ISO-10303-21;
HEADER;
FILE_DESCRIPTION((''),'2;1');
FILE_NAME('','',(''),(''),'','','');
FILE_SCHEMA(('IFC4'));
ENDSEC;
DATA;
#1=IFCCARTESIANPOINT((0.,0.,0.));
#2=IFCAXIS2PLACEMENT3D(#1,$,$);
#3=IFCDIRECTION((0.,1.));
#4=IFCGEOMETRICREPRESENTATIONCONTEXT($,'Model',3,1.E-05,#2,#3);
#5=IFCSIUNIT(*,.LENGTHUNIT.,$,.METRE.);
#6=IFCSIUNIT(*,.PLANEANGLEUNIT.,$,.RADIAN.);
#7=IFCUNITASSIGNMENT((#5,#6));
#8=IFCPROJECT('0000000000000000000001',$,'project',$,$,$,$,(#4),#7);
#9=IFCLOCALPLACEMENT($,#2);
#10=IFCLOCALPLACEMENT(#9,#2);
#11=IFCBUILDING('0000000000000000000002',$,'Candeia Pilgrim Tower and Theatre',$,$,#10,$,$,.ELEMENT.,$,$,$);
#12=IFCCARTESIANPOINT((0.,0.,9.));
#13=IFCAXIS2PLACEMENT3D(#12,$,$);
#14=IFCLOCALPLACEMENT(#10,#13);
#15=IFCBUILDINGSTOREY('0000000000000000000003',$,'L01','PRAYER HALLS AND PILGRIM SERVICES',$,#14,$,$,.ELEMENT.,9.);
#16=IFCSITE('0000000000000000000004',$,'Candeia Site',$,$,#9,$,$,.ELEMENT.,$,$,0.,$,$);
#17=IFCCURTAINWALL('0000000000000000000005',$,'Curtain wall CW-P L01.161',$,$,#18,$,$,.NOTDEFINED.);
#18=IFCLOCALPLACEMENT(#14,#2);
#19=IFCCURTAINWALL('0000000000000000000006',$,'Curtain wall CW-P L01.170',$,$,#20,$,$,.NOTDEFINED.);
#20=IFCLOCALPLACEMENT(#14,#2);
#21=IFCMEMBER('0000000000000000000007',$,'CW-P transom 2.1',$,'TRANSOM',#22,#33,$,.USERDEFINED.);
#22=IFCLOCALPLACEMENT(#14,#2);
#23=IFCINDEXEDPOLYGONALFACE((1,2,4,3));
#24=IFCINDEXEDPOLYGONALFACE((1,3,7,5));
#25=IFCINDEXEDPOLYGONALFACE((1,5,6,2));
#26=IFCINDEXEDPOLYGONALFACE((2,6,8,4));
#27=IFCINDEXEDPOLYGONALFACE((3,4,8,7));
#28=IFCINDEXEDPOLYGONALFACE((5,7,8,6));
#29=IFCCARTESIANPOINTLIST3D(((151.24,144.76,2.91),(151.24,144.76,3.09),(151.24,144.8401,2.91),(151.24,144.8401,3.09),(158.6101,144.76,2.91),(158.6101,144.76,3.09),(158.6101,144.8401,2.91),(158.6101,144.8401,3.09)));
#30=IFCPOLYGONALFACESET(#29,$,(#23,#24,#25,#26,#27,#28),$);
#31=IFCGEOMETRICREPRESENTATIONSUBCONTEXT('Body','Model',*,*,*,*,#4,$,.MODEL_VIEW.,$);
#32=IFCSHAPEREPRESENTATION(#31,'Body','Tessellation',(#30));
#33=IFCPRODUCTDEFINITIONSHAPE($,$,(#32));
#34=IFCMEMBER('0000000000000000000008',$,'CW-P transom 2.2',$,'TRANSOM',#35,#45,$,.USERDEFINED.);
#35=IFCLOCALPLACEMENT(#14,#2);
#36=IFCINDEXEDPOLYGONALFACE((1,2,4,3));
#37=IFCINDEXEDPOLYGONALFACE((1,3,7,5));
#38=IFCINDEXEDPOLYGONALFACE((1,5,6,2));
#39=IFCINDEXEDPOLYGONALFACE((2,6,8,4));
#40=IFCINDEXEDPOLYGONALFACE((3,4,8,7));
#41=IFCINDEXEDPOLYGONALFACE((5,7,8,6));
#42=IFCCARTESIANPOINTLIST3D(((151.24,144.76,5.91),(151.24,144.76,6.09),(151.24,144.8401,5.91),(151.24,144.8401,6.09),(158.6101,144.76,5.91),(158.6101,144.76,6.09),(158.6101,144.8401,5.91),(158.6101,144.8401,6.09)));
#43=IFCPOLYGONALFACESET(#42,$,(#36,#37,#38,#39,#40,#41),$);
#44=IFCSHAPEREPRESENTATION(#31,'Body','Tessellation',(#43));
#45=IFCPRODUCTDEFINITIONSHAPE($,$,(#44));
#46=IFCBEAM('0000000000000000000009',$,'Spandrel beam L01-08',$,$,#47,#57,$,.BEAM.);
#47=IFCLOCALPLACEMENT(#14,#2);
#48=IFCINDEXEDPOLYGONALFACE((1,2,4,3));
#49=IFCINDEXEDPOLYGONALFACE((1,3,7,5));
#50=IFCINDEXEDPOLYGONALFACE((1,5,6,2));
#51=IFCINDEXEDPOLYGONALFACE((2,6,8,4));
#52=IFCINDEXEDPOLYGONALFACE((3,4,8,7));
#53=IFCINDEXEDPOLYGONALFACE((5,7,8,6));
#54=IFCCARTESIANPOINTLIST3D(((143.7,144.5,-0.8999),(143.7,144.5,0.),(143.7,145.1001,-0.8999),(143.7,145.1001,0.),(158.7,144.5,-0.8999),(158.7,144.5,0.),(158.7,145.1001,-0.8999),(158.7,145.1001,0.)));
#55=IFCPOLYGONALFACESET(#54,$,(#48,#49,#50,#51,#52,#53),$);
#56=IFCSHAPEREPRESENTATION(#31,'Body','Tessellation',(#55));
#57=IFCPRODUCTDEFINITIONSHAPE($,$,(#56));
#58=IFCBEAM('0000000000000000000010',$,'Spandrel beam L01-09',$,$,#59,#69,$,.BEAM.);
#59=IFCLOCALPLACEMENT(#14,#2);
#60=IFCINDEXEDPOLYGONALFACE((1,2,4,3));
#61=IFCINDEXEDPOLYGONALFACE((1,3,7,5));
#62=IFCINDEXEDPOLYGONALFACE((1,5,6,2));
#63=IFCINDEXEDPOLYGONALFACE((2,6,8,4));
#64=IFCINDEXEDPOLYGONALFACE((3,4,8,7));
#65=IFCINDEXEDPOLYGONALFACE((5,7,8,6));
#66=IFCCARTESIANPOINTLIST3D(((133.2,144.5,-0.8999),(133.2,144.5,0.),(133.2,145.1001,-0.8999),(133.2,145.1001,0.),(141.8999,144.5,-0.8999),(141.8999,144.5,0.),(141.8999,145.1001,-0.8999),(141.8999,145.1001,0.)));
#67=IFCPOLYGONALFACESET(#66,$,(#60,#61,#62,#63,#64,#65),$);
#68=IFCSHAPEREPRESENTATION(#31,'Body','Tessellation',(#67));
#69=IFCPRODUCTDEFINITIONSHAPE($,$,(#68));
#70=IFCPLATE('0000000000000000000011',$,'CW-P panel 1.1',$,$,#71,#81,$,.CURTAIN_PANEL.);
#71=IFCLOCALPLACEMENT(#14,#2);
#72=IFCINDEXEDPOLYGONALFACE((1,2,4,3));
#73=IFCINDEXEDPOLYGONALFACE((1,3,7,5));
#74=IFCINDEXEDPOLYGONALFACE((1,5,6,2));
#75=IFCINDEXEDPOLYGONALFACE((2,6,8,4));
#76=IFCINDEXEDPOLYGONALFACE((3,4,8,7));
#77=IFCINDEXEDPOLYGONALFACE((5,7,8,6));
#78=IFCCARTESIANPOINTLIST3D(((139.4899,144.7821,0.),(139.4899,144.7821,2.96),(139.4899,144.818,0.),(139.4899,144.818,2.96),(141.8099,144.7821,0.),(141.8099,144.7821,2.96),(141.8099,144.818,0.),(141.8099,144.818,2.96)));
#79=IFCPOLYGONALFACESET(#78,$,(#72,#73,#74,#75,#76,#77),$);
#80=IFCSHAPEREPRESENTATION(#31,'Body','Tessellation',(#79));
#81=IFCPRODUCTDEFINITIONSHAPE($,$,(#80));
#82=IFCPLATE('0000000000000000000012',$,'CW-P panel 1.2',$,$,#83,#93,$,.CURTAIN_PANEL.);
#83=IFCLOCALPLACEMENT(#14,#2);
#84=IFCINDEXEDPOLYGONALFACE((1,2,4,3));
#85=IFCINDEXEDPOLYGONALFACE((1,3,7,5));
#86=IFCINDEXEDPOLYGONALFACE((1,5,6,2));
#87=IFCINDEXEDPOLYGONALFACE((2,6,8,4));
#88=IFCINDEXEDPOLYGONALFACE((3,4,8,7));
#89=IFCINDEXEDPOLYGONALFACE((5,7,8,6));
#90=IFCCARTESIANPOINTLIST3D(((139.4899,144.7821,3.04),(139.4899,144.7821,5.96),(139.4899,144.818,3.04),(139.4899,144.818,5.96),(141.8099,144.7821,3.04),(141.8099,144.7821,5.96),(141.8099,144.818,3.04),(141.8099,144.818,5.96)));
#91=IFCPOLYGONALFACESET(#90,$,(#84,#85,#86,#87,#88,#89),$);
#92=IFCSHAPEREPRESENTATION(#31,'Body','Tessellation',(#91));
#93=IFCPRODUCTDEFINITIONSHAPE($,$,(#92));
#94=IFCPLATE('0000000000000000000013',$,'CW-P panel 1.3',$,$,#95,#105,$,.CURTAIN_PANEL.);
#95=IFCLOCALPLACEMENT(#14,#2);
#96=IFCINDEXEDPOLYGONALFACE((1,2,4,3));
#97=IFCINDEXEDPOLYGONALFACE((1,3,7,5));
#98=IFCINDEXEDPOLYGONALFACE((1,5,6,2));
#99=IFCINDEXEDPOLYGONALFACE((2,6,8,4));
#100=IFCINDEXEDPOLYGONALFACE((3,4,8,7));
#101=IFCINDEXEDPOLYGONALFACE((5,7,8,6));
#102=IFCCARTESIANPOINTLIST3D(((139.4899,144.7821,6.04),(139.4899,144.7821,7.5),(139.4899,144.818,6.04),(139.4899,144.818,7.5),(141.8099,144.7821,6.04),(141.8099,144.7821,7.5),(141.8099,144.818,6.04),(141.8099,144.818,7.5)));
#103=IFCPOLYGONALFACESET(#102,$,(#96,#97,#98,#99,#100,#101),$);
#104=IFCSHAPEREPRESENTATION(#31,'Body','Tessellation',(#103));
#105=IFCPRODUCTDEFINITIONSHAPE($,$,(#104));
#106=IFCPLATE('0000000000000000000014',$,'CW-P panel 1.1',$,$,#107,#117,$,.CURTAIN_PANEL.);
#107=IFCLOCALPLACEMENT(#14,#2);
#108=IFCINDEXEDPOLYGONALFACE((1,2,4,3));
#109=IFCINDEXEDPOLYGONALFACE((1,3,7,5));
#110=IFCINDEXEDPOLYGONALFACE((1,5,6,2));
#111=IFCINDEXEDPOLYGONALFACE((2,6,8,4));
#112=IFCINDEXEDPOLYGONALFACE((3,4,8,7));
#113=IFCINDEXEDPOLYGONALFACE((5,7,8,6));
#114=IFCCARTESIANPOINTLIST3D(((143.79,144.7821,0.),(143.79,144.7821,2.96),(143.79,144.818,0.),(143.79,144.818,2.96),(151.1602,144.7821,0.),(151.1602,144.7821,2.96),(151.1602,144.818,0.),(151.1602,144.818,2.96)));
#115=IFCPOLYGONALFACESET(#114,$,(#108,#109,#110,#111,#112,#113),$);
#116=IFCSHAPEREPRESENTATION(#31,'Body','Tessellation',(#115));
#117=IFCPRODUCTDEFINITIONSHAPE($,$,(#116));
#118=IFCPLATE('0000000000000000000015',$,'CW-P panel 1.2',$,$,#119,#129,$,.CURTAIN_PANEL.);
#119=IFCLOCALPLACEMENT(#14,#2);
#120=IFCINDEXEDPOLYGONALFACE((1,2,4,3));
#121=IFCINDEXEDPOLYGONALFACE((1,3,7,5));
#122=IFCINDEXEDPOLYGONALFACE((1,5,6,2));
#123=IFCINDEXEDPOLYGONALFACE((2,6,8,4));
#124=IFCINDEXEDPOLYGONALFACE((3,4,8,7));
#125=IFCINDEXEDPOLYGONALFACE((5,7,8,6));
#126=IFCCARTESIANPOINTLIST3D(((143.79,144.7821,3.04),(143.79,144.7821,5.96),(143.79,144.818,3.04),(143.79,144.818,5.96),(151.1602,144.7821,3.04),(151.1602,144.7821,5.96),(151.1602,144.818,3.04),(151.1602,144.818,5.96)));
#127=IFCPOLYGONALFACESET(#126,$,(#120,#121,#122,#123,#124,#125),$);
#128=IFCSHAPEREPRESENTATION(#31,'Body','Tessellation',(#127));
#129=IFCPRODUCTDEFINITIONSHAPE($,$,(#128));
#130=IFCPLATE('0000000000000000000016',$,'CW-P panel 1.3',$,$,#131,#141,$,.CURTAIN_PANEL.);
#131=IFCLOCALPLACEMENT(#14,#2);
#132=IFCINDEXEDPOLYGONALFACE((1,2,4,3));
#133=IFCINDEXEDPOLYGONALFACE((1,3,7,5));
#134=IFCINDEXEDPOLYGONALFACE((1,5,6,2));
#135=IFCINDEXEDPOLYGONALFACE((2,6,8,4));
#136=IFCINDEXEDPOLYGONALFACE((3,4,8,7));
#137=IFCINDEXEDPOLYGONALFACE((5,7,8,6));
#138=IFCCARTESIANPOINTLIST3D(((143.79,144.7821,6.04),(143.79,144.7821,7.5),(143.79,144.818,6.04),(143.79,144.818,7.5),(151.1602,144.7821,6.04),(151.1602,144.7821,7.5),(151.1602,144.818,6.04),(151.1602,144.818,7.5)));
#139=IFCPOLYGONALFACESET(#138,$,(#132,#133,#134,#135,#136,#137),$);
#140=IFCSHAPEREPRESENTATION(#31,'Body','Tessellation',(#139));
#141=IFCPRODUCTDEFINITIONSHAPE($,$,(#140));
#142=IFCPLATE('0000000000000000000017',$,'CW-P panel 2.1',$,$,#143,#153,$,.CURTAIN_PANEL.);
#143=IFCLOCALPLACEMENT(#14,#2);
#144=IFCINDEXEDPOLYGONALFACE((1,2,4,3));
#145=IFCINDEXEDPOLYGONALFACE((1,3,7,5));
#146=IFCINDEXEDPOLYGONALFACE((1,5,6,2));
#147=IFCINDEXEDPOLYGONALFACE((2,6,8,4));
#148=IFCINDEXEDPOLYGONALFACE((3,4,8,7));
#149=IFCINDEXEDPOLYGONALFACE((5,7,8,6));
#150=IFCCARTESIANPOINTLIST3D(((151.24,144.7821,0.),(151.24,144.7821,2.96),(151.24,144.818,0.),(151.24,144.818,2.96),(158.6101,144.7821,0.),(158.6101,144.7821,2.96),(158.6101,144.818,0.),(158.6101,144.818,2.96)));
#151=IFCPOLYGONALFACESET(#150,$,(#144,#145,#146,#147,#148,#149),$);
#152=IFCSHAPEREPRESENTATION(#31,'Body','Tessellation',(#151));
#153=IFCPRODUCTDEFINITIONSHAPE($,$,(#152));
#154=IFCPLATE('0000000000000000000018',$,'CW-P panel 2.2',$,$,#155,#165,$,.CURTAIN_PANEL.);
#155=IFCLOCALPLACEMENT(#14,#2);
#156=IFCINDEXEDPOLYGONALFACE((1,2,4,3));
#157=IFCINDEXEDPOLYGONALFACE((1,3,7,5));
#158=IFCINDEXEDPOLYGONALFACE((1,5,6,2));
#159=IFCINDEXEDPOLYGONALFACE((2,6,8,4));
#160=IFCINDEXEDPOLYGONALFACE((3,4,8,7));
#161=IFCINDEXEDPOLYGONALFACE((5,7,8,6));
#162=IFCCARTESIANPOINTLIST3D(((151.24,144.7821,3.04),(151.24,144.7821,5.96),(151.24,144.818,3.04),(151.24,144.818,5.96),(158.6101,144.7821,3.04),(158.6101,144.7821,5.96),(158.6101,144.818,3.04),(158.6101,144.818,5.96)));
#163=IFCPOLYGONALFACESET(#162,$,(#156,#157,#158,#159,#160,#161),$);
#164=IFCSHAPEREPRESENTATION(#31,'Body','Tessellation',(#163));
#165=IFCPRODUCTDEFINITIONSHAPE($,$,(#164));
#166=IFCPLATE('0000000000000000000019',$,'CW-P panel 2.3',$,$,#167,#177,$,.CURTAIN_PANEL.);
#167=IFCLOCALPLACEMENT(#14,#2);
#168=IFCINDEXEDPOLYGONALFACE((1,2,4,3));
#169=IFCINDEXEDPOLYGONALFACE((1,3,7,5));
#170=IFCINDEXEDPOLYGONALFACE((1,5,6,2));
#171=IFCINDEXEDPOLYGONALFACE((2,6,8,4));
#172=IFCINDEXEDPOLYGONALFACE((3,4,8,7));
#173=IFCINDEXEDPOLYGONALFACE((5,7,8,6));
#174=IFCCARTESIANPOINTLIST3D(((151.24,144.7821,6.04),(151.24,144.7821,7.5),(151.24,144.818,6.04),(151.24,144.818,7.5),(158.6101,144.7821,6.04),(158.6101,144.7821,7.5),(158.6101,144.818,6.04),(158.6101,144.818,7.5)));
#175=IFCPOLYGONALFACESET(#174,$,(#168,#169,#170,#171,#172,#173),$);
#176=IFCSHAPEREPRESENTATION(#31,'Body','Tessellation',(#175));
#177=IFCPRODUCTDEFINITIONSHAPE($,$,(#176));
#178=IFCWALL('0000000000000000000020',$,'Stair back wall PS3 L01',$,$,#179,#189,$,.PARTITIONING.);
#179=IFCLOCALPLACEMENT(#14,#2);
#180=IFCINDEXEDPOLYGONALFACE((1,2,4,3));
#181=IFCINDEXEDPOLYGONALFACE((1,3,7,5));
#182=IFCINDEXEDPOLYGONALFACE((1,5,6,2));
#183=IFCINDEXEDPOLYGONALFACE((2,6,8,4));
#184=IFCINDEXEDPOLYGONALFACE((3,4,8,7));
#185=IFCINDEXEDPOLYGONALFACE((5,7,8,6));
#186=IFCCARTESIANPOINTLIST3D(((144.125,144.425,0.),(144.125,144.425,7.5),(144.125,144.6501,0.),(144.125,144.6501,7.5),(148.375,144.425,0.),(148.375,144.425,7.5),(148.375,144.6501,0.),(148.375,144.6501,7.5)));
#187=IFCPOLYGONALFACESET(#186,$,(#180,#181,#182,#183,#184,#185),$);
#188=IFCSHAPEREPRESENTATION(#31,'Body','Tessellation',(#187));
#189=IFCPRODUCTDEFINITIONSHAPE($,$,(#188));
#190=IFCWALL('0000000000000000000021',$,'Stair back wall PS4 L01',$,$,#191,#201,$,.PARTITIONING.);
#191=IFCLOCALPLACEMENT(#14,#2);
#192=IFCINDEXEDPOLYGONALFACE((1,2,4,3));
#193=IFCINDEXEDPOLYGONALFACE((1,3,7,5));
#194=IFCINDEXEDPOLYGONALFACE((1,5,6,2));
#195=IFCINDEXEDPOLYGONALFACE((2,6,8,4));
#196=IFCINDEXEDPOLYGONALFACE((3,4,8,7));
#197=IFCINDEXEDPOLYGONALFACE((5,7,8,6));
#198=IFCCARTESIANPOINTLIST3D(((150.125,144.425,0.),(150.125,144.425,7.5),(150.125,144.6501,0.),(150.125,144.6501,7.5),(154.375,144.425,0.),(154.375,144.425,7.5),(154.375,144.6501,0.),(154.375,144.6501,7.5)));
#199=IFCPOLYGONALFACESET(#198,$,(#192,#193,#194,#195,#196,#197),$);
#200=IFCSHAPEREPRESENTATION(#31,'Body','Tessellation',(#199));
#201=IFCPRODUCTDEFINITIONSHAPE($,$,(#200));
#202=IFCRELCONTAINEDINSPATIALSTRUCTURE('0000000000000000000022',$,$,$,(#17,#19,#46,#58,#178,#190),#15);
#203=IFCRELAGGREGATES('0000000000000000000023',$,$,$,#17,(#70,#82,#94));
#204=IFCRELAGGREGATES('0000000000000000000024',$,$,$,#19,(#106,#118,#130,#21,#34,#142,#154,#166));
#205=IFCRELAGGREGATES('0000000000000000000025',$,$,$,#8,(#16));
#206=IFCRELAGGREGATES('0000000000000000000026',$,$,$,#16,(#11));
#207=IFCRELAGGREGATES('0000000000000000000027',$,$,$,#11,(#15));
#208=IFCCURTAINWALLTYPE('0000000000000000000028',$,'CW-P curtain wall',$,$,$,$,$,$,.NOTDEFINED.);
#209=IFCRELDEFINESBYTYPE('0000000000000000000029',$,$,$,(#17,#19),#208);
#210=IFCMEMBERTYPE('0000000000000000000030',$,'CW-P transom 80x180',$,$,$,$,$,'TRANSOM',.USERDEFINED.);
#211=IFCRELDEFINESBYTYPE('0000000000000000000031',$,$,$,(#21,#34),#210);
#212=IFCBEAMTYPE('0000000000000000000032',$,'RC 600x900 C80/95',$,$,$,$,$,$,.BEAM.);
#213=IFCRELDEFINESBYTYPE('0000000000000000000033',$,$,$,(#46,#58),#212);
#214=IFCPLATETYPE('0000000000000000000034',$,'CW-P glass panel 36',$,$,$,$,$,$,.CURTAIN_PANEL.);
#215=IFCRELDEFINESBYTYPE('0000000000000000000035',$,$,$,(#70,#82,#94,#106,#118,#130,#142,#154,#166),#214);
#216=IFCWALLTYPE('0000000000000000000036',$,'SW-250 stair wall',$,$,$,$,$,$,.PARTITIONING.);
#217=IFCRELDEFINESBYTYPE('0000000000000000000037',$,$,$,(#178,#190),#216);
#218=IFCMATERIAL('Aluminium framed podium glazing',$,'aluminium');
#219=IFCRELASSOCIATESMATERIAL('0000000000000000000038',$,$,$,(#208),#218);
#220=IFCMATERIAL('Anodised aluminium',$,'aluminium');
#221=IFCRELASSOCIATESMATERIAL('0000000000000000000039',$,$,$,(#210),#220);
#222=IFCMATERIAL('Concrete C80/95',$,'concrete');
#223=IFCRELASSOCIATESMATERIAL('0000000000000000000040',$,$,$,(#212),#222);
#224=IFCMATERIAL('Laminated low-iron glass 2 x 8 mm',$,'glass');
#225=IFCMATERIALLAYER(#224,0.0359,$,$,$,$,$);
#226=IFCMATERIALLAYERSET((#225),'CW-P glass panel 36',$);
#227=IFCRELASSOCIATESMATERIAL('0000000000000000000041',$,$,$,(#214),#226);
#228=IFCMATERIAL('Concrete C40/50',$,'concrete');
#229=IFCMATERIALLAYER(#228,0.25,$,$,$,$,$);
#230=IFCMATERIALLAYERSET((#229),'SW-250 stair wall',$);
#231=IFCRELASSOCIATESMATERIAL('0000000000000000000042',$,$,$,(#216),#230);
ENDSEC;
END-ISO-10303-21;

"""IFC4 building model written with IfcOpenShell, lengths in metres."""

from ifc_helpers import new_model, si_unit, direction, frame, frame_2d, origin, origin_2d, place, context, subcontext, project, spatial, rectangle, extrude, material, layer, layer_set, material_profile, profile_set, type_object, element, aggregate, save


model = new_model("IFC4")

# Units and contexts
model_context = context("Model", 3, precision=1e-05, world=origin(), true_north=direction((0.0, 1.0)))
body_context = subcontext(model_context, "Body", "Model", "MODEL_VIEW")
ifc_project = project(units=[si_unit("LENGTHUNIT", "METRE"), si_unit("PLANEANGLEUNIT", "RADIAN")], contexts=[model_context])

# Site, building, storey
site_placement = place(None, origin())
site = spatial("IfcSite", under=ifc_project, at=site_placement, Name="Candeia Site", CompositionType="ELEMENT", RefElevation=0.0)
building_placement = place(site_placement, origin())
building = spatial("IfcBuilding", under=site, at=building_placement, Name="Candeia Pilgrim Tower and Theatre", CompositionType="ELEMENT")
storey_placement = place(building_placement, frame((0.0, 0.0, 9.0)))
storey = spatial("IfcBuildingStorey", under=building, at=storey_placement, Name="L01", Description="PRAYER HALLS AND PILGRIM SERVICES", CompositionType="ELEMENT", Elevation=9.0)

# Shared definitions
ifc_material_1 = material(Name="Concrete C40/50", Category="concrete")
ifc_material_2 = material(Name="Concrete C80/95", Category="concrete")

# Curtain walls
ifc_material_3 = material(Name="Aluminium framed podium glazing", Category="aluminium")
curtain_wall_type = type_object("IfcCurtainWallType", Name="CW-P curtain wall", PredefinedType="NOTDEFINED", material=ifc_material_3)
curtain_wall_1_placement = place(storey_placement, origin())
curtain_wall_1 = element("IfcCurtainWall", 1, at=curtain_wall_1_placement, inside=storey, type_object=curtain_wall_type, Name="Curtain wall CW-P L01.161", PredefinedType="NOTDEFINED")
ifc_material_4 = material(Name="Anodised aluminium", Category="aluminium")
curtain_wall_2_placement = place(storey_placement, origin())
curtain_wall_2 = element("IfcCurtainWall", 2, at=curtain_wall_2_placement, inside=storey, type_object=curtain_wall_type, Name="Curtain wall CW-P L01.170", PredefinedType="NOTDEFINED")

# Members
ifc_material_profile_1 = material_profile(ifc_material_4, rectangle(XDim=0.0801, YDim=0.1799, at=origin_2d()))
ifc_profile_set_1 = profile_set([ifc_material_profile_1], Name="Anodised aluminium")
member_type_1 = type_object("IfcMemberType", Name="CW-P transom 80x180", ElementType="TRANSOM", PredefinedType="USERDEFINED", material=ifc_profile_set_1)
member_1_placement = place(storey_placement, frame((151.24, 144.8, 3.0), z_axis=(1.0, 0.0, 0.0), x_axis=(0.0, 1.0, 0.0)))
member_1 = element("IfcMember", 3, at=member_1_placement, type_object=member_type_1, Name="CW-P transom 2.1", ObjectType="TRANSOM", PredefinedType="USERDEFINED", context=body_context, shape_type="SweptSolid", body=[
    extrude(rectangle(XDim=0.0801, YDim=0.1799, at=origin_2d()), origin(), (0.0, 0.0, 1.0), 7.3701),
])
member_2_placement = place(storey_placement, frame((151.24, 144.8, 6.0), z_axis=(1.0, 0.0, 0.0), x_axis=(0.0, 1.0, 0.0)))
member_2 = element("IfcMember", 4, at=member_2_placement, type_object=member_type_1, Name="CW-P transom 2.2", ObjectType="TRANSOM", PredefinedType="USERDEFINED", context=body_context, shape_type="SweptSolid", body=[
    extrude(rectangle(XDim=0.0801, YDim=0.1799, at=origin_2d()), origin(), (0.0, 0.0, 1.0), 7.3701),
])

# Beams
ifc_material_profile_2 = material_profile(ifc_material_2, rectangle(XDim=0.6001, YDim=0.8999, at=origin_2d()))
ifc_profile_set_2 = profile_set([ifc_material_profile_2], Name="Concrete C80/95")
beam_type = type_object("IfcBeamType", Name="RC 600x900 C80/95", PredefinedType="BEAM", material=ifc_profile_set_2)
beam_1_placement = place(storey_placement, frame((158.7, 144.8, -0.45), z_axis=(-1.0, 0.0, 0.0), x_axis=(0.0, -1.0, 0.0)))
element("IfcBeam", 5, at=beam_1_placement, inside=storey, type_object=beam_type, Name="Spandrel beam L01-08", PredefinedType="BEAM", context=body_context, shape_type="SweptSolid", body=[
    extrude(rectangle(XDim=0.6001, YDim=0.8999, at=origin_2d()), origin(), (0.0, 0.0, 1.0), 15.0),
])
beam_2_placement = place(storey_placement, frame((141.8999, 144.8, -0.45), z_axis=(-1.0, 0.0, 0.0), x_axis=(0.0, -1.0, 0.0)))
element("IfcBeam", 6, at=beam_2_placement, inside=storey, type_object=beam_type, Name="Spandrel beam L01-09", PredefinedType="BEAM", context=body_context, shape_type="SweptSolid", body=[
    extrude(rectangle(XDim=0.6001, YDim=0.8999, at=origin_2d()), origin(), (0.0, 0.0, 1.0), 8.7),
])

# Plates
ifc_material_5 = material(Name="Laminated low-iron glass 2 x 8 mm", Category="glass")
ifc_layer_1 = layer(ifc_material_5, 0.0359)
ifc_layer_set_1 = layer_set([ifc_layer_1], Name="CW-P glass panel 36")
plate_type = type_object("IfcPlateType", Name="CW-P glass panel 36", PredefinedType="CURTAIN_PANEL", material=ifc_layer_set_1)
plate_1_placement = place(storey_placement, frame((140.6499, 144.8, 0.0), z_axis=(0.0, 0.0, 1.0), x_axis=(1.0, 0.0, 0.0)))
plate_1 = element("IfcPlate", 7, at=plate_1_placement, type_object=plate_type, Name="CW-P panel 1.1", PredefinedType="CURTAIN_PANEL", context=body_context, shape_type="SweptSolid", body=[
    extrude(rectangle(XDim=2.3201, YDim=0.0359, at=origin_2d()), origin(), (0.0, 0.0, 1.0), 2.96),
])
plate_2_placement = place(storey_placement, frame((140.6499, 144.8, 3.04), z_axis=(0.0, 0.0, 1.0), x_axis=(1.0, 0.0, 0.0)))
plate_2 = element("IfcPlate", 8, at=plate_2_placement, type_object=plate_type, Name="CW-P panel 1.2", PredefinedType="CURTAIN_PANEL", context=body_context, shape_type="SweptSolid", body=[
    extrude(rectangle(XDim=2.3201, YDim=0.0359, at=origin_2d()), origin(), (0.0, 0.0, 1.0), 2.9199),
])
plate_3_placement = place(storey_placement, frame((140.6499, 144.8, 6.04), z_axis=(0.0, 0.0, 1.0), x_axis=(1.0, 0.0, 0.0)))
plate_3 = element("IfcPlate", 9, at=plate_3_placement, type_object=plate_type, Name="CW-P panel 1.3", PredefinedType="CURTAIN_PANEL", context=body_context, shape_type="SweptSolid", body=[
    extrude(rectangle(XDim=2.3201, YDim=0.0359, at=origin_2d()), origin(), (0.0, 0.0, 1.0), 1.46),
])
aggregate(curtain_wall_1, [plate_1, plate_2, plate_3])
plate_4_placement = place(storey_placement, frame((147.4751, 144.8, 0.0), z_axis=(0.0, 0.0, 1.0), x_axis=(1.0, 0.0, 0.0)))
plate_4 = element("IfcPlate", 10, at=plate_4_placement, type_object=plate_type, Name="CW-P panel 1.1", PredefinedType="CURTAIN_PANEL", context=body_context, shape_type="SweptSolid", body=[
    extrude(rectangle(XDim=7.3701, YDim=0.0359, at=origin_2d()), origin(), (0.0, 0.0, 1.0), 2.96),
])
plate_5_placement = place(storey_placement, frame((147.4751, 144.8, 3.04), z_axis=(0.0, 0.0, 1.0), x_axis=(1.0, 0.0, 0.0)))
plate_5 = element("IfcPlate", 11, at=plate_5_placement, type_object=plate_type, Name="CW-P panel 1.2", PredefinedType="CURTAIN_PANEL", context=body_context, shape_type="SweptSolid", body=[
    extrude(rectangle(XDim=7.3701, YDim=0.0359, at=origin_2d()), origin(), (0.0, 0.0, 1.0), 2.9199),
])
plate_6_placement = place(storey_placement, frame((147.4751, 144.8, 6.04), z_axis=(0.0, 0.0, 1.0), x_axis=(1.0, 0.0, 0.0)))
plate_6 = element("IfcPlate", 12, at=plate_6_placement, type_object=plate_type, Name="CW-P panel 1.3", PredefinedType="CURTAIN_PANEL", context=body_context, shape_type="SweptSolid", body=[
    extrude(rectangle(XDim=7.3701, YDim=0.0359, at=origin_2d()), origin(), (0.0, 0.0, 1.0), 1.46),
])
plate_7_placement = place(storey_placement, frame((154.925, 144.8, 0.0), z_axis=(0.0, 0.0, 1.0), x_axis=(1.0, 0.0, 0.0)))
plate_7 = element("IfcPlate", 13, at=plate_7_placement, type_object=plate_type, Name="CW-P panel 2.1", PredefinedType="CURTAIN_PANEL", context=body_context, shape_type="SweptSolid", body=[
    extrude(rectangle(XDim=7.3701, YDim=0.0359, at=origin_2d()), origin(), (0.0, 0.0, 1.0), 2.96),
])
plate_8_placement = place(storey_placement, frame((154.925, 144.8, 3.04), z_axis=(0.0, 0.0, 1.0), x_axis=(1.0, 0.0, 0.0)))
plate_8 = element("IfcPlate", 14, at=plate_8_placement, type_object=plate_type, Name="CW-P panel 2.2", PredefinedType="CURTAIN_PANEL", context=body_context, shape_type="SweptSolid", body=[
    extrude(rectangle(XDim=7.3701, YDim=0.0359, at=origin_2d()), origin(), (0.0, 0.0, 1.0), 2.9199),
])
plate_9_placement = place(storey_placement, frame((154.925, 144.8, 6.04), z_axis=(0.0, 0.0, 1.0), x_axis=(1.0, 0.0, 0.0)))
plate_9 = element("IfcPlate", 15, at=plate_9_placement, type_object=plate_type, Name="CW-P panel 2.3", PredefinedType="CURTAIN_PANEL", context=body_context, shape_type="SweptSolid", body=[
    extrude(rectangle(XDim=7.3701, YDim=0.0359, at=origin_2d()), origin(), (0.0, 0.0, 1.0), 1.46),
])
aggregate(curtain_wall_2, [plate_4, plate_5, plate_6, member_1, member_2, plate_7, plate_8, plate_9])

# Walls
ifc_layer_2 = layer(ifc_material_1, 0.25)
ifc_layer_set_2 = layer_set([ifc_layer_2], Name="SW-250 stair wall")
wall_type = type_object("IfcWallType", Name="SW-250 stair wall", PredefinedType="PARTITIONING", material=ifc_layer_set_2)
for number, where, z_axis, x_axis, name in (
    (16, (144.125, 144.5376, 0.0), (0.0, 0.0, 1.0), (1.0, 0.0, 0.0), "Stair back wall PS3 L01"),
    (17, (150.125, 144.5376, 0.0), (0.0, 0.0, 1.0), (1.0, 0.0, 0.0), "Stair back wall PS4 L01"),
):
    element("IfcWall", number, at=place(storey_placement, frame(where, z_axis=z_axis, x_axis=x_axis)), inside=storey, type_object=wall_type, Name=name, PredefinedType="PARTITIONING", context=body_context, shape_type="SweptSolid", body=[
        extrude(rectangle(XDim=4.25, YDim=0.2251, at=frame_2d((2.125, 0.0))), origin(), (0.0, 0.0, 1.0), 7.5),
    ])

save(model, "model.ifc")
